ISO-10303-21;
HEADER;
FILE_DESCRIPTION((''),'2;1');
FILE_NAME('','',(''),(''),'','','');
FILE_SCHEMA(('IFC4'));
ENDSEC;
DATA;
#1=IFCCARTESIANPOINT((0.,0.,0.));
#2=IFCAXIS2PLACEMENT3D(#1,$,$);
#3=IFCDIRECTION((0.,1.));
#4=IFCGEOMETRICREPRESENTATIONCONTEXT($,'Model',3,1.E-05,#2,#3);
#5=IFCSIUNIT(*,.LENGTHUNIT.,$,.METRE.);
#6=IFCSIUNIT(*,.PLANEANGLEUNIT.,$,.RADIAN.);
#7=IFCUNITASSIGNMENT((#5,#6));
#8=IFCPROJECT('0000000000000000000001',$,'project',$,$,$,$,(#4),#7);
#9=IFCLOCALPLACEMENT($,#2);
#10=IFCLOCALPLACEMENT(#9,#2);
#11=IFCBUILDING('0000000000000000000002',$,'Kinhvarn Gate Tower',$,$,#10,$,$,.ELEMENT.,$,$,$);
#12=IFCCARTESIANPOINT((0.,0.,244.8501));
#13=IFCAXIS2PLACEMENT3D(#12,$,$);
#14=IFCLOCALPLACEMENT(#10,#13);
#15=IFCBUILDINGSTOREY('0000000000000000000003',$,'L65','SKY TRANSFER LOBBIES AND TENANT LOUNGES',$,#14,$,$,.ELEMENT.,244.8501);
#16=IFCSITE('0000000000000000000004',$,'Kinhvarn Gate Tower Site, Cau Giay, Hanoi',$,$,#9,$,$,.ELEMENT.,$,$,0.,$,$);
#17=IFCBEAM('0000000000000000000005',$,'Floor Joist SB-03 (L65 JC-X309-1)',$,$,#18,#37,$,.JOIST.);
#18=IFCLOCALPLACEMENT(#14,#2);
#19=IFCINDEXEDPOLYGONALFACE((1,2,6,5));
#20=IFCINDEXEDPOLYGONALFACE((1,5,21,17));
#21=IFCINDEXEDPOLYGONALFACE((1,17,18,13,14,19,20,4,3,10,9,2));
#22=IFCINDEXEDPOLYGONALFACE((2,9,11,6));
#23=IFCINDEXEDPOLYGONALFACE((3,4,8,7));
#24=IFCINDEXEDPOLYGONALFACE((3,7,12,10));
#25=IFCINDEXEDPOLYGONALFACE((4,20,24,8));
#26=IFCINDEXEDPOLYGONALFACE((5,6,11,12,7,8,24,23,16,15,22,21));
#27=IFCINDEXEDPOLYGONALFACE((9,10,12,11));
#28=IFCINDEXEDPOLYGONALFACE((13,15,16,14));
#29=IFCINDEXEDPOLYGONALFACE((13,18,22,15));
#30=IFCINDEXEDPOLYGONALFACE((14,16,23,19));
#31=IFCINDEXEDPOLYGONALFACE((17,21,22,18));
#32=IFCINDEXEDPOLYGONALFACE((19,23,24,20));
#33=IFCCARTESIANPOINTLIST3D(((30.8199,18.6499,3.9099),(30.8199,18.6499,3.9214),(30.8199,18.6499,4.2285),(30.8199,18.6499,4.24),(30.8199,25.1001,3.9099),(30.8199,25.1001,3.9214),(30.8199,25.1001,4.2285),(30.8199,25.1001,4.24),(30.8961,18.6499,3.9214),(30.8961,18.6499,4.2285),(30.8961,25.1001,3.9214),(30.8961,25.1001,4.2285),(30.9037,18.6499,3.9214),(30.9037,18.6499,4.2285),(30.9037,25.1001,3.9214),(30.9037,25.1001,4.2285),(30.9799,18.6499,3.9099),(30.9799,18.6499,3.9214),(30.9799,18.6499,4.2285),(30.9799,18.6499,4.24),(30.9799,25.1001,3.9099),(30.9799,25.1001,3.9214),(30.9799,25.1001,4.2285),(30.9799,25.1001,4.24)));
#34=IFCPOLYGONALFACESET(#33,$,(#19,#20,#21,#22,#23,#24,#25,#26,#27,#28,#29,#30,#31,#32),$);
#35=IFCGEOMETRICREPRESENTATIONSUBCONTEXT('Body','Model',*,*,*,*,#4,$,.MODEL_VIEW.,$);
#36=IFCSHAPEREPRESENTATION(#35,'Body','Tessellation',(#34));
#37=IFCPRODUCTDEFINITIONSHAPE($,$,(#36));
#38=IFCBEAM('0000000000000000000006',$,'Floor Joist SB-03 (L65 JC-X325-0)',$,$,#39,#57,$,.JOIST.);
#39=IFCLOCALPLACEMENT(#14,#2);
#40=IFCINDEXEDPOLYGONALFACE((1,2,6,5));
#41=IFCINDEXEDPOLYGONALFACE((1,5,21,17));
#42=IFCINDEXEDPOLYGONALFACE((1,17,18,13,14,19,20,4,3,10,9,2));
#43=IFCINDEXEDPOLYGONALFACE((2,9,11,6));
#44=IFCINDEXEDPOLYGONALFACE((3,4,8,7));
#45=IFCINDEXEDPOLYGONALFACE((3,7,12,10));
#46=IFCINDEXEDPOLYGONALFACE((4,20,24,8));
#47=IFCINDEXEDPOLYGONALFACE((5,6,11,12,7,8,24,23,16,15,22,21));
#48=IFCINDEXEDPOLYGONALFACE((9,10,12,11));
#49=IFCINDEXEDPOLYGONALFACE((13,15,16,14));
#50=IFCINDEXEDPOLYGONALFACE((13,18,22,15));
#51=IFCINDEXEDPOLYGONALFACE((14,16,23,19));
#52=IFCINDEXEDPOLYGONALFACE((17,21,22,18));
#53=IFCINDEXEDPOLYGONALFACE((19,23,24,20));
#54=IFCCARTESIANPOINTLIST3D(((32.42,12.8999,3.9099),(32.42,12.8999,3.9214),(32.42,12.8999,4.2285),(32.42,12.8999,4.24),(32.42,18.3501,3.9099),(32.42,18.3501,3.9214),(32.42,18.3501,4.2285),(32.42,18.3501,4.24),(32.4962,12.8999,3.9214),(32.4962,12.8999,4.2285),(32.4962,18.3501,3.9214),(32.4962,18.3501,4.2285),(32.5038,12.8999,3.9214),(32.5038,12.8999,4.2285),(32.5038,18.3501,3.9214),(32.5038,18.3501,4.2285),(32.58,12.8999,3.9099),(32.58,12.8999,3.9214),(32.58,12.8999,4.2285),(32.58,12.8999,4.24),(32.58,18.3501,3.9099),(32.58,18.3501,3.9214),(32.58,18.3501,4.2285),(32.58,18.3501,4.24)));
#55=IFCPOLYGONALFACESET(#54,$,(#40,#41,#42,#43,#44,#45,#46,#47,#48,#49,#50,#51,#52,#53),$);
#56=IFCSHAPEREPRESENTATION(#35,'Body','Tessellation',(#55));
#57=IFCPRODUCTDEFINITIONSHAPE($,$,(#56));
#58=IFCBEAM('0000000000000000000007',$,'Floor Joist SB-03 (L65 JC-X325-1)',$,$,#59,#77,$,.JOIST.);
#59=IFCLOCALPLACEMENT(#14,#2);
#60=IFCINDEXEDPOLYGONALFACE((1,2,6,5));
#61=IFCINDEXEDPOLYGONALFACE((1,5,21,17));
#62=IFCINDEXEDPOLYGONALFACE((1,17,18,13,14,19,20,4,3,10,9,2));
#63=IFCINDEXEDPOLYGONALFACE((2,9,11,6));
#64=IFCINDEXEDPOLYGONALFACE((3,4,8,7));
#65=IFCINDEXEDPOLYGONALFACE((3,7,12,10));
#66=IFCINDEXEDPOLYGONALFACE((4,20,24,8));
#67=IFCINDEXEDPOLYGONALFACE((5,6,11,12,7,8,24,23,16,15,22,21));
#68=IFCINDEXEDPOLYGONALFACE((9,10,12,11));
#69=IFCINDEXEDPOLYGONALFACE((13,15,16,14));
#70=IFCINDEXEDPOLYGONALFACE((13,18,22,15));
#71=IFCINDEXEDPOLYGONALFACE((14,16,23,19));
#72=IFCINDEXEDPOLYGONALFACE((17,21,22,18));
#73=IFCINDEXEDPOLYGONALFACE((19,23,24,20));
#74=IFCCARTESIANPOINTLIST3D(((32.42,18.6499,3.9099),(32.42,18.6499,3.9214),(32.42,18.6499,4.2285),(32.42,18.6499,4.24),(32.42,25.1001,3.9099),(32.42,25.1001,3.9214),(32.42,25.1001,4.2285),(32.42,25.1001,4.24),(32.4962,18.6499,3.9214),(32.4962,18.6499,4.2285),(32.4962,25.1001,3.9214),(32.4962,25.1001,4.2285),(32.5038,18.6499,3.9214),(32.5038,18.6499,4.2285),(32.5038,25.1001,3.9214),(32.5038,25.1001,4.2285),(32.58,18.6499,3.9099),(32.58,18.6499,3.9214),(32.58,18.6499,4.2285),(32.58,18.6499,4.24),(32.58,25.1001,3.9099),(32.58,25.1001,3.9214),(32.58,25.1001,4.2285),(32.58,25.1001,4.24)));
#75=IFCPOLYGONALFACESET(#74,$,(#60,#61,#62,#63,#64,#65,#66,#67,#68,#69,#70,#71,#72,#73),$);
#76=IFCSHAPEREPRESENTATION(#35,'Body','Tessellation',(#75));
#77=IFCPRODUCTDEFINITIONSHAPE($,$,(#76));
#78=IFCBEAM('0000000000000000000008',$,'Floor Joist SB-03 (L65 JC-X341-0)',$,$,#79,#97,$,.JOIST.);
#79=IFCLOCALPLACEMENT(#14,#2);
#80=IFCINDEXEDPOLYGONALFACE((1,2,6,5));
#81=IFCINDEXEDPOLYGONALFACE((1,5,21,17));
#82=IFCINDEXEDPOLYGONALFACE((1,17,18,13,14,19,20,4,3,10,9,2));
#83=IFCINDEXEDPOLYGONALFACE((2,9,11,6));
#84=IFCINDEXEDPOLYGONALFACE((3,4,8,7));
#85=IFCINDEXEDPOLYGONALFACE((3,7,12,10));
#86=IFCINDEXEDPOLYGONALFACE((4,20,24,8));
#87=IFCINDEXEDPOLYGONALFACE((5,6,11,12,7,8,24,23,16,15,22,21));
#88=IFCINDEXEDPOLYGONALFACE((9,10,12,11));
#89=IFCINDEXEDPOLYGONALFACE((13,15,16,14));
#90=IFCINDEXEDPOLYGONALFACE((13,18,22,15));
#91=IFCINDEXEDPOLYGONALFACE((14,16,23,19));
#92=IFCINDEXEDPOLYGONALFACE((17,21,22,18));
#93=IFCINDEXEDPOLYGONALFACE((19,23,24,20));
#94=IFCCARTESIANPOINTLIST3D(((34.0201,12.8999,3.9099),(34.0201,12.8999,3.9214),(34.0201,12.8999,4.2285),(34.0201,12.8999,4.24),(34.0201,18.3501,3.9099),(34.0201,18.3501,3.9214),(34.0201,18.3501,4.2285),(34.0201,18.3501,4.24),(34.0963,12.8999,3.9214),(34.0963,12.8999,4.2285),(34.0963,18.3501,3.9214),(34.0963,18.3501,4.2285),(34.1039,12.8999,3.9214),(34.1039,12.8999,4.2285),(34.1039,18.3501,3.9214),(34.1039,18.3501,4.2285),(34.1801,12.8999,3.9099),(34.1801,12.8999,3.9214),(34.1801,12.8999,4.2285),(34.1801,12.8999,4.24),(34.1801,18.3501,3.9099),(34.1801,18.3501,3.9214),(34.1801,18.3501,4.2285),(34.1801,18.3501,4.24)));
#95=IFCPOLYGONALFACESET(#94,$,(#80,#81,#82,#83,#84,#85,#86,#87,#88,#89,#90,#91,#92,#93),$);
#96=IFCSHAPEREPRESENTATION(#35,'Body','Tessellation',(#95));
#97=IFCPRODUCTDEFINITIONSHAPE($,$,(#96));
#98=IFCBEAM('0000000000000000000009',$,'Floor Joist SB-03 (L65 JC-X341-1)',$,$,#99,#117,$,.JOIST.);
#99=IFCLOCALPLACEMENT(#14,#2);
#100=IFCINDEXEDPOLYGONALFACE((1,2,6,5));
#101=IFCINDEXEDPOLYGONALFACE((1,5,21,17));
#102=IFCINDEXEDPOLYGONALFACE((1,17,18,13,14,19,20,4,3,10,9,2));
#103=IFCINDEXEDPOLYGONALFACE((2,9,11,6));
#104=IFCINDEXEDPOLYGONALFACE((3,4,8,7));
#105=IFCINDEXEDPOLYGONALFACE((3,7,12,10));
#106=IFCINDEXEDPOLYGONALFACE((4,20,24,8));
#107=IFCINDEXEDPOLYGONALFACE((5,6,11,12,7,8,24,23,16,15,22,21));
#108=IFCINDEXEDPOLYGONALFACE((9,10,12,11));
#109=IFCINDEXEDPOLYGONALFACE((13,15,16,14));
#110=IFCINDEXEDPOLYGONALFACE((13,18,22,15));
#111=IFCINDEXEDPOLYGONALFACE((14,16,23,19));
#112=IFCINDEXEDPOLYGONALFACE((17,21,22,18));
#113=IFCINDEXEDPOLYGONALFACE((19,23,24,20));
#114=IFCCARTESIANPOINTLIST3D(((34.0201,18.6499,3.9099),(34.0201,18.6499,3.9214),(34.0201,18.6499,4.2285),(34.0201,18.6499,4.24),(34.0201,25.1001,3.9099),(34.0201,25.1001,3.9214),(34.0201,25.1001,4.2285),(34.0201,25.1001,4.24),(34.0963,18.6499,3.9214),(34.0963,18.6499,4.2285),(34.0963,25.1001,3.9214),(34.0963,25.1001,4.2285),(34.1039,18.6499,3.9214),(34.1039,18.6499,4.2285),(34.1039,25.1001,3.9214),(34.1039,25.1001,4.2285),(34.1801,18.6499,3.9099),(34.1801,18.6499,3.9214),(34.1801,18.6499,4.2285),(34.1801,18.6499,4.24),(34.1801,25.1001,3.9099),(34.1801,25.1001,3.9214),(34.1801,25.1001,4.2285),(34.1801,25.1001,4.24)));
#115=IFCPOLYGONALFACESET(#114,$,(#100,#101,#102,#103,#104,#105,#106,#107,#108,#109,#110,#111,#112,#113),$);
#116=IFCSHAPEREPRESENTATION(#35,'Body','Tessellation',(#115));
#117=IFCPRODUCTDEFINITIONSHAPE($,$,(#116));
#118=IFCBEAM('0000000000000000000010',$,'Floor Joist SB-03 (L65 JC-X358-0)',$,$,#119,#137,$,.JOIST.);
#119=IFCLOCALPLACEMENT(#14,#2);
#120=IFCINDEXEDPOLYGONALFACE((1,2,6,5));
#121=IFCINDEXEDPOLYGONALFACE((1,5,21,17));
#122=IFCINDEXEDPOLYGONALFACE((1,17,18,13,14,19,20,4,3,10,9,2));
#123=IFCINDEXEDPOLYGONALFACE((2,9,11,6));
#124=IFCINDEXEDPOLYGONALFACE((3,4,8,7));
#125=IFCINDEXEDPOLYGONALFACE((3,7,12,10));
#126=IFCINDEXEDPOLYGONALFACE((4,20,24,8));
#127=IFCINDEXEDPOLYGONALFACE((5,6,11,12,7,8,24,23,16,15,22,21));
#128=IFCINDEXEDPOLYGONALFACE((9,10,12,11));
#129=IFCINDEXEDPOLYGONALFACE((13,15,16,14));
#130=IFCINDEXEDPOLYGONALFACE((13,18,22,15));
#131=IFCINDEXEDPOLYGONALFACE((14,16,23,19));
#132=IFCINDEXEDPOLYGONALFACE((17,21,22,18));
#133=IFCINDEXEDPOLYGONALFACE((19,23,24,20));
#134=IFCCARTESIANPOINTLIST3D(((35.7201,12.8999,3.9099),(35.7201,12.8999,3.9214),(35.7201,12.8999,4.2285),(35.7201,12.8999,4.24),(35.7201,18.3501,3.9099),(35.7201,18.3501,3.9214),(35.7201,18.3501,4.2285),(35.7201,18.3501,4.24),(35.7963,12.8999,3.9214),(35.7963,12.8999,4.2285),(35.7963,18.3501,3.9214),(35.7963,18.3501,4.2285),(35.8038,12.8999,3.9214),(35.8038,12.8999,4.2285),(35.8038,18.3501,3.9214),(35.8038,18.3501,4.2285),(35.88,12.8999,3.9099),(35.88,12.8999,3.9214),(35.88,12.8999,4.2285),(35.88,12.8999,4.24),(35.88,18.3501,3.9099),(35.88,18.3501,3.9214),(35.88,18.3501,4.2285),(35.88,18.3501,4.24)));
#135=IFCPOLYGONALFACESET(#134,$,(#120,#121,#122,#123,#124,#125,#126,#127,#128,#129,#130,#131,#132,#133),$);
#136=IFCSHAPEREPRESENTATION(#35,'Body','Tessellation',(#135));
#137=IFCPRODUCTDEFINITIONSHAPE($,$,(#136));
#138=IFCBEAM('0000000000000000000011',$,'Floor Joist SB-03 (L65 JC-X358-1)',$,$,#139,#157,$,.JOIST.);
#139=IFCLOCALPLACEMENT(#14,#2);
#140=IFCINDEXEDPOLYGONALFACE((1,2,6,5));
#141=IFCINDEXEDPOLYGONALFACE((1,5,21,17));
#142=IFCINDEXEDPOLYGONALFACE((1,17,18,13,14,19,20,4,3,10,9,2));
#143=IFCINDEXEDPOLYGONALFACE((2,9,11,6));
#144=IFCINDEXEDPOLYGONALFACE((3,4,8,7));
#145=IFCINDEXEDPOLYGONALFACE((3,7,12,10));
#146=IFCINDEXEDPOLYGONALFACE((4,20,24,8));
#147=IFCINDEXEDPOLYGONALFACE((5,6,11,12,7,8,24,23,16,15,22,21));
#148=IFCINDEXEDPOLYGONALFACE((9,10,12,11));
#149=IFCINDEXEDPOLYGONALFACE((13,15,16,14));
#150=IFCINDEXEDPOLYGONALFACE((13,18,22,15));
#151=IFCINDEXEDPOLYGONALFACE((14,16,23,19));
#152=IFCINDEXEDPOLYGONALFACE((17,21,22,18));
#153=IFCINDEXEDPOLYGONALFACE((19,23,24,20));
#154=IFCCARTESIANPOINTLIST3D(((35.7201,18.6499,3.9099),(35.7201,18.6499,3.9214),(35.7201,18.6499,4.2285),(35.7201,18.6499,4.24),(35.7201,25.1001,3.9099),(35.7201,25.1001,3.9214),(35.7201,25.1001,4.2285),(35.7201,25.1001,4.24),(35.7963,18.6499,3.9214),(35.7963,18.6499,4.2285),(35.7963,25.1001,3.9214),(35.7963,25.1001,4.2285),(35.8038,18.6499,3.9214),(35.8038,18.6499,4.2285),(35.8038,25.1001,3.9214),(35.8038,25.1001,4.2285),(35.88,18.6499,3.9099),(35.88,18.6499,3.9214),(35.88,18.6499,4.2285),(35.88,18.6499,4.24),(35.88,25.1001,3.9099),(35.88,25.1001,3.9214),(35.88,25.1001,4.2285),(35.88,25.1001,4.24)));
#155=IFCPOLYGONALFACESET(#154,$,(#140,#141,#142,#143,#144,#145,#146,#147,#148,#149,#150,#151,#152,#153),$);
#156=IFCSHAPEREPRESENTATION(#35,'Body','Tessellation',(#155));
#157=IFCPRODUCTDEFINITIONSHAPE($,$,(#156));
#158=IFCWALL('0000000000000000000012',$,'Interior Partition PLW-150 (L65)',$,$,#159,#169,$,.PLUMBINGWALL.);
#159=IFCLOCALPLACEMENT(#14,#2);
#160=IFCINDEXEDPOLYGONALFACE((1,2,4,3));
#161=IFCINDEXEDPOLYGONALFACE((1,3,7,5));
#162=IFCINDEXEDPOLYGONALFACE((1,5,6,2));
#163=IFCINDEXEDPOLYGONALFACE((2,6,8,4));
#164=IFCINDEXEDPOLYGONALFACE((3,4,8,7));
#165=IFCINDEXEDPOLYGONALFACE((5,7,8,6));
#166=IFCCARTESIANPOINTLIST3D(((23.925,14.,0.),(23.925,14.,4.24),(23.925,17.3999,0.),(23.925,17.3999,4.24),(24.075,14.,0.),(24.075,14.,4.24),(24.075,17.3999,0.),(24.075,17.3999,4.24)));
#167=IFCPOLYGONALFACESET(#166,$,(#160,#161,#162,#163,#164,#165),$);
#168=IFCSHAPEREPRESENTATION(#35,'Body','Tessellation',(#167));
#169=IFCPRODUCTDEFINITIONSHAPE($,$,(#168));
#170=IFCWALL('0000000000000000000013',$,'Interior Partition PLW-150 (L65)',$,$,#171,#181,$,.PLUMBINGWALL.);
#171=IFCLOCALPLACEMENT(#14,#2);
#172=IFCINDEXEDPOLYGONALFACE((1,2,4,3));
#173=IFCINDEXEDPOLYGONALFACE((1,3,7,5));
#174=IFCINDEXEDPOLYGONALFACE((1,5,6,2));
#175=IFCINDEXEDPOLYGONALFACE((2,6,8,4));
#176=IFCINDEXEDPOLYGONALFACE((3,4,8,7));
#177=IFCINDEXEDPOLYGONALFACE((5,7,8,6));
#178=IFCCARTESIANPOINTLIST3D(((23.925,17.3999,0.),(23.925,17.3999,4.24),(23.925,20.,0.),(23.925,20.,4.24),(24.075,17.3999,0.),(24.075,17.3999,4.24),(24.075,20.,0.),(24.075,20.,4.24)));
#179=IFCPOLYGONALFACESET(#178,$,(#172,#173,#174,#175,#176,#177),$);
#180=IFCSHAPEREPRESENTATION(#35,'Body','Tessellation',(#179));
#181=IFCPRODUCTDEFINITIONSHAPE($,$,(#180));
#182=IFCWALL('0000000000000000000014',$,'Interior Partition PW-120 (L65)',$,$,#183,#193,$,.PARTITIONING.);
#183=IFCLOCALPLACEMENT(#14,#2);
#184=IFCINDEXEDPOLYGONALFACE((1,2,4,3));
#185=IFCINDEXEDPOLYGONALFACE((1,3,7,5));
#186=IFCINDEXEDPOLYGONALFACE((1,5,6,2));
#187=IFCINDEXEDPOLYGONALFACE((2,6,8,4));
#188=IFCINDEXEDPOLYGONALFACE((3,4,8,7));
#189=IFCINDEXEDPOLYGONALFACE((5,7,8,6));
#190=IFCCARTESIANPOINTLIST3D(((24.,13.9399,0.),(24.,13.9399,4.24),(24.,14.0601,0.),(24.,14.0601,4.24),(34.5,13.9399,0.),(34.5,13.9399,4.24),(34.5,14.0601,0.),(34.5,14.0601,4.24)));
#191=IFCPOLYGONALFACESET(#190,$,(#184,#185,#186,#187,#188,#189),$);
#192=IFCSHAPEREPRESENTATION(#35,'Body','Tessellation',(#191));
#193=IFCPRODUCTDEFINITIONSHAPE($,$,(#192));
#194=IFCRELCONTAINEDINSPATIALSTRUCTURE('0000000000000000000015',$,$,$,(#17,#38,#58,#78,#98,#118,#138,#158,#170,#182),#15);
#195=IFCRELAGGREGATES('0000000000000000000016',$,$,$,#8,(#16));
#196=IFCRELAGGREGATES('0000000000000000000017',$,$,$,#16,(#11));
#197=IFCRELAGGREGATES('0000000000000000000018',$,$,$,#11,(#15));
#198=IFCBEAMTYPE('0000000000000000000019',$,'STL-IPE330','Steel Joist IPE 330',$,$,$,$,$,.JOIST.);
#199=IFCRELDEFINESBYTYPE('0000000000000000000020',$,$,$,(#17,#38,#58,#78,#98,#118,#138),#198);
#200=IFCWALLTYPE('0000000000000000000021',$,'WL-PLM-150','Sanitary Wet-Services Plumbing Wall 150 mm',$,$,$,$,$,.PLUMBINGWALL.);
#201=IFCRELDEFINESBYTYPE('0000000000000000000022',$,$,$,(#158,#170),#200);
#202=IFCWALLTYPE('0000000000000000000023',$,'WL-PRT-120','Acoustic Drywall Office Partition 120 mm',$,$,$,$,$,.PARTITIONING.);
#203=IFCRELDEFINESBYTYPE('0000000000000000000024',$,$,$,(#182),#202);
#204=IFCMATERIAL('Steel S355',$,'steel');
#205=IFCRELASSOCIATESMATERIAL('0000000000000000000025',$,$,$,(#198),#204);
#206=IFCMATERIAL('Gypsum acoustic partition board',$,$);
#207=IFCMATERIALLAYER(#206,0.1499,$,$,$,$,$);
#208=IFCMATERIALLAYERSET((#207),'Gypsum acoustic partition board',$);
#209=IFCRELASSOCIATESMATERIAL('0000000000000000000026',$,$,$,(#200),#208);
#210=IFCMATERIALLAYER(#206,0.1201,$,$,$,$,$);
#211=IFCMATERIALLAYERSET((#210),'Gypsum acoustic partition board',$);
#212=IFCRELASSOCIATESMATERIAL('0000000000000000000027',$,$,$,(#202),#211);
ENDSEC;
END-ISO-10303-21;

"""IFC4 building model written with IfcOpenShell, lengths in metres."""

from ifc_helpers import new_model, si_unit, direction, frame, frame_2d, origin, origin_2d, place, context, subcontext, project, spatial, rectangle, i_section, extrude, material, layer, layer_set, material_profile, profile_set, type_object, element, save


model = new_model("IFC4")

# Units and contexts
model_context = context("Model", 3, precision=1e-05, world=origin(), true_north=direction((0.0, 1.0)))
body_context = subcontext(model_context, "Body", "Model", "MODEL_VIEW")
ifc_project = project(units=[si_unit("LENGTHUNIT", "METRE"), si_unit("PLANEANGLEUNIT", "RADIAN")], contexts=[model_context])

# Site, building, storey
site_placement = place(None, origin())
site = spatial("IfcSite", under=ifc_project, at=site_placement, Name="Kinhvarn Gate Tower Site, Cau Giay, Hanoi", CompositionType="ELEMENT", RefElevation=0.0)
building_placement = place(site_placement, origin())
building = spatial("IfcBuilding", under=site, at=building_placement, Name="Kinhvarn Gate Tower", CompositionType="ELEMENT")
storey_placement = place(building_placement, frame((0.0, 0.0, 244.8501)))
storey = spatial("IfcBuildingStorey", under=building, at=storey_placement, Name="L65", Description="SKY TRANSFER LOBBIES AND TENANT LOUNGES", CompositionType="ELEMENT", Elevation=244.8501)

# Beams
ifc_material_1 = material(Name="Steel S355", Category="steel")
ifc_material_profile = material_profile(ifc_material_1, i_section(OverallWidth=0.1599, OverallDepth=0.3301, WebThickness=0.0076, FlangeThickness=0.0115, at=origin_2d()), Name="IPE 330")
ifc_profile_set = profile_set([ifc_material_profile], Name="Steel S355")
beam_type = type_object("IfcBeamType", Name="STL-IPE330", Description="Steel Joist IPE 330", PredefinedType="JOIST", material=ifc_profile_set)
beam_1_placement = place(storey_placement, frame((30.8999, 18.6499, 4.075), z_axis=(0.0, 1.0, 0.0), x_axis=(-1.0, 0.0, 0.0)))
element("IfcBeam", 1, at=beam_1_placement, inside=storey, type_object=beam_type, Name="Floor Joist SB-03 (L65 JC-X309-1)", PredefinedType="JOIST", context=body_context, shape_type="SweptSolid", body=[
    extrude(i_section(OverallWidth=0.1599, OverallDepth=0.3301, WebThickness=0.0076, FlangeThickness=0.0115, at=origin_2d()), origin(), (0.0, 0.0, 1.0), 6.4502),
])
beam_2_placement = place(storey_placement, frame((32.5, 12.8999, 4.075), z_axis=(0.0, 1.0, 0.0), x_axis=(-1.0, 0.0, 0.0)))
element("IfcBeam", 2, at=beam_2_placement, inside=storey, type_object=beam_type, Name="Floor Joist SB-03 (L65 JC-X325-0)", PredefinedType="JOIST", context=body_context, shape_type="SweptSolid", body=[
    extrude(i_section(OverallWidth=0.1599, OverallDepth=0.3301, WebThickness=0.0076, FlangeThickness=0.0115, at=origin_2d()), origin(), (0.0, 0.0, 1.0), 5.4502),
])
beam_3_placement = place(storey_placement, frame((32.5, 18.6499, 4.075), z_axis=(0.0, 1.0, 0.0), x_axis=(-1.0, 0.0, 0.0)))
element("IfcBeam", 3, at=beam_3_placement, inside=storey, type_object=beam_type, Name="Floor Joist SB-03 (L65 JC-X325-1)", PredefinedType="JOIST", context=body_context, shape_type="SweptSolid", body=[
    extrude(i_section(OverallWidth=0.1599, OverallDepth=0.3301, WebThickness=0.0076, FlangeThickness=0.0115, at=origin_2d()), origin(), (0.0, 0.0, 1.0), 6.4502),
])
beam_4_placement = place(storey_placement, frame((34.1001, 12.8999, 4.075), z_axis=(0.0, 1.0, 0.0), x_axis=(-1.0, 0.0, 0.0)))
element("IfcBeam", 4, at=beam_4_placement, inside=storey, type_object=beam_type, Name="Floor Joist SB-03 (L65 JC-X341-0)", PredefinedType="JOIST", context=body_context, shape_type="SweptSolid", body=[
    extrude(i_section(OverallWidth=0.1599, OverallDepth=0.3301, WebThickness=0.0076, FlangeThickness=0.0115, at=origin_2d()), origin(), (0.0, 0.0, 1.0), 5.4502),
])
beam_5_placement = place(storey_placement, frame((34.1001, 18.6499, 4.075), z_axis=(0.0, 1.0, 0.0), x_axis=(-1.0, 0.0, 0.0)))
element("IfcBeam", 5, at=beam_5_placement, inside=storey, type_object=beam_type, Name="Floor Joist SB-03 (L65 JC-X341-1)", PredefinedType="JOIST", context=body_context, shape_type="SweptSolid", body=[
    extrude(i_section(OverallWidth=0.1599, OverallDepth=0.3301, WebThickness=0.0076, FlangeThickness=0.0115, at=origin_2d()), origin(), (0.0, 0.0, 1.0), 6.4502),
])
beam_6_placement = place(storey_placement, frame((35.8, 12.8999, 4.075), z_axis=(0.0, 1.0, 0.0), x_axis=(-1.0, 0.0, 0.0)))
element("IfcBeam", 6, at=beam_6_placement, inside=storey, type_object=beam_type, Name="Floor Joist SB-03 (L65 JC-X358-0)", PredefinedType="JOIST", context=body_context, shape_type="SweptSolid", body=[
    extrude(i_section(OverallWidth=0.1599, OverallDepth=0.3301, WebThickness=0.0076, FlangeThickness=0.0115, at=origin_2d()), origin(), (0.0, 0.0, 1.0), 5.4502),
])
beam_7_placement = place(storey_placement, frame((35.8, 18.6499, 4.075), z_axis=(0.0, 1.0, 0.0), x_axis=(-1.0, 0.0, 0.0)))
element("IfcBeam", 7, at=beam_7_placement, inside=storey, type_object=beam_type, Name="Floor Joist SB-03 (L65 JC-X358-1)", PredefinedType="JOIST", context=body_context, shape_type="SweptSolid", body=[
    extrude(i_section(OverallWidth=0.1599, OverallDepth=0.3301, WebThickness=0.0076, FlangeThickness=0.0115, at=origin_2d()), origin(), (0.0, 0.0, 1.0), 6.4502),
])

# Walls
ifc_material_2 = material(Name="Gypsum acoustic partition board")
ifc_layer_1 = layer(ifc_material_2, 0.1499)
ifc_layer_set_1 = layer_set([ifc_layer_1], Name="Gypsum acoustic partition board")
wall_type_1 = type_object("IfcWallType", Name="WL-PLM-150", Description="Sanitary Wet-Services Plumbing Wall 150 mm", PredefinedType="PLUMBINGWALL", material=ifc_layer_set_1)
wall_1_placement = place(storey_placement, frame((24.0, 14.0, 0.0), z_axis=(0.0, 0.0, 1.0), x_axis=(0.0, 1.0, 0.0)))
element("IfcWall", 8, at=wall_1_placement, inside=storey, type_object=wall_type_1, Name="Interior Partition PLW-150 (L65)", PredefinedType="PLUMBINGWALL", context=body_context, shape_type="SweptSolid", body=[
    extrude(rectangle(XDim=3.3999, YDim=0.1499, at=frame_2d((1.7, 0.0))), origin(), (0.0, 0.0, 1.0), 4.24),
])
wall_2_placement = place(storey_placement, frame((24.0, 17.3999, 0.0), z_axis=(0.0, 0.0, 1.0), x_axis=(0.0, 1.0, 0.0)))
element("IfcWall", 9, at=wall_2_placement, inside=storey, type_object=wall_type_1, Name="Interior Partition PLW-150 (L65)", PredefinedType="PLUMBINGWALL", context=body_context, shape_type="SweptSolid", body=[
    extrude(rectangle(XDim=2.6001, YDim=0.1499, at=frame_2d((1.3, 0.0))), origin(), (0.0, 0.0, 1.0), 4.24),
])
ifc_layer_2 = layer(ifc_material_2, 0.1201)
ifc_layer_set_2 = layer_set([ifc_layer_2], Name="Gypsum acoustic partition board")
wall_type_2 = type_object("IfcWallType", Name="WL-PRT-120", Description="Acoustic Drywall Office Partition 120 mm", PredefinedType="PARTITIONING", material=ifc_layer_set_2)
wall_3_placement = place(storey_placement, frame((24.0, 14.0, 0.0), z_axis=(0.0, 0.0, 1.0), x_axis=(1.0, 0.0, 0.0)))
element("IfcWall", 10, at=wall_3_placement, inside=storey, type_object=wall_type_2, Name="Interior Partition PW-120 (L65)", PredefinedType="PARTITIONING", context=body_context, shape_type="SweptSolid", body=[
    extrude(rectangle(XDim=10.5, YDim=0.1201, at=frame_2d((5.25, 0.0))), origin(), (0.0, 0.0, 1.0), 4.24),
])

save(model, "model.ifc")
